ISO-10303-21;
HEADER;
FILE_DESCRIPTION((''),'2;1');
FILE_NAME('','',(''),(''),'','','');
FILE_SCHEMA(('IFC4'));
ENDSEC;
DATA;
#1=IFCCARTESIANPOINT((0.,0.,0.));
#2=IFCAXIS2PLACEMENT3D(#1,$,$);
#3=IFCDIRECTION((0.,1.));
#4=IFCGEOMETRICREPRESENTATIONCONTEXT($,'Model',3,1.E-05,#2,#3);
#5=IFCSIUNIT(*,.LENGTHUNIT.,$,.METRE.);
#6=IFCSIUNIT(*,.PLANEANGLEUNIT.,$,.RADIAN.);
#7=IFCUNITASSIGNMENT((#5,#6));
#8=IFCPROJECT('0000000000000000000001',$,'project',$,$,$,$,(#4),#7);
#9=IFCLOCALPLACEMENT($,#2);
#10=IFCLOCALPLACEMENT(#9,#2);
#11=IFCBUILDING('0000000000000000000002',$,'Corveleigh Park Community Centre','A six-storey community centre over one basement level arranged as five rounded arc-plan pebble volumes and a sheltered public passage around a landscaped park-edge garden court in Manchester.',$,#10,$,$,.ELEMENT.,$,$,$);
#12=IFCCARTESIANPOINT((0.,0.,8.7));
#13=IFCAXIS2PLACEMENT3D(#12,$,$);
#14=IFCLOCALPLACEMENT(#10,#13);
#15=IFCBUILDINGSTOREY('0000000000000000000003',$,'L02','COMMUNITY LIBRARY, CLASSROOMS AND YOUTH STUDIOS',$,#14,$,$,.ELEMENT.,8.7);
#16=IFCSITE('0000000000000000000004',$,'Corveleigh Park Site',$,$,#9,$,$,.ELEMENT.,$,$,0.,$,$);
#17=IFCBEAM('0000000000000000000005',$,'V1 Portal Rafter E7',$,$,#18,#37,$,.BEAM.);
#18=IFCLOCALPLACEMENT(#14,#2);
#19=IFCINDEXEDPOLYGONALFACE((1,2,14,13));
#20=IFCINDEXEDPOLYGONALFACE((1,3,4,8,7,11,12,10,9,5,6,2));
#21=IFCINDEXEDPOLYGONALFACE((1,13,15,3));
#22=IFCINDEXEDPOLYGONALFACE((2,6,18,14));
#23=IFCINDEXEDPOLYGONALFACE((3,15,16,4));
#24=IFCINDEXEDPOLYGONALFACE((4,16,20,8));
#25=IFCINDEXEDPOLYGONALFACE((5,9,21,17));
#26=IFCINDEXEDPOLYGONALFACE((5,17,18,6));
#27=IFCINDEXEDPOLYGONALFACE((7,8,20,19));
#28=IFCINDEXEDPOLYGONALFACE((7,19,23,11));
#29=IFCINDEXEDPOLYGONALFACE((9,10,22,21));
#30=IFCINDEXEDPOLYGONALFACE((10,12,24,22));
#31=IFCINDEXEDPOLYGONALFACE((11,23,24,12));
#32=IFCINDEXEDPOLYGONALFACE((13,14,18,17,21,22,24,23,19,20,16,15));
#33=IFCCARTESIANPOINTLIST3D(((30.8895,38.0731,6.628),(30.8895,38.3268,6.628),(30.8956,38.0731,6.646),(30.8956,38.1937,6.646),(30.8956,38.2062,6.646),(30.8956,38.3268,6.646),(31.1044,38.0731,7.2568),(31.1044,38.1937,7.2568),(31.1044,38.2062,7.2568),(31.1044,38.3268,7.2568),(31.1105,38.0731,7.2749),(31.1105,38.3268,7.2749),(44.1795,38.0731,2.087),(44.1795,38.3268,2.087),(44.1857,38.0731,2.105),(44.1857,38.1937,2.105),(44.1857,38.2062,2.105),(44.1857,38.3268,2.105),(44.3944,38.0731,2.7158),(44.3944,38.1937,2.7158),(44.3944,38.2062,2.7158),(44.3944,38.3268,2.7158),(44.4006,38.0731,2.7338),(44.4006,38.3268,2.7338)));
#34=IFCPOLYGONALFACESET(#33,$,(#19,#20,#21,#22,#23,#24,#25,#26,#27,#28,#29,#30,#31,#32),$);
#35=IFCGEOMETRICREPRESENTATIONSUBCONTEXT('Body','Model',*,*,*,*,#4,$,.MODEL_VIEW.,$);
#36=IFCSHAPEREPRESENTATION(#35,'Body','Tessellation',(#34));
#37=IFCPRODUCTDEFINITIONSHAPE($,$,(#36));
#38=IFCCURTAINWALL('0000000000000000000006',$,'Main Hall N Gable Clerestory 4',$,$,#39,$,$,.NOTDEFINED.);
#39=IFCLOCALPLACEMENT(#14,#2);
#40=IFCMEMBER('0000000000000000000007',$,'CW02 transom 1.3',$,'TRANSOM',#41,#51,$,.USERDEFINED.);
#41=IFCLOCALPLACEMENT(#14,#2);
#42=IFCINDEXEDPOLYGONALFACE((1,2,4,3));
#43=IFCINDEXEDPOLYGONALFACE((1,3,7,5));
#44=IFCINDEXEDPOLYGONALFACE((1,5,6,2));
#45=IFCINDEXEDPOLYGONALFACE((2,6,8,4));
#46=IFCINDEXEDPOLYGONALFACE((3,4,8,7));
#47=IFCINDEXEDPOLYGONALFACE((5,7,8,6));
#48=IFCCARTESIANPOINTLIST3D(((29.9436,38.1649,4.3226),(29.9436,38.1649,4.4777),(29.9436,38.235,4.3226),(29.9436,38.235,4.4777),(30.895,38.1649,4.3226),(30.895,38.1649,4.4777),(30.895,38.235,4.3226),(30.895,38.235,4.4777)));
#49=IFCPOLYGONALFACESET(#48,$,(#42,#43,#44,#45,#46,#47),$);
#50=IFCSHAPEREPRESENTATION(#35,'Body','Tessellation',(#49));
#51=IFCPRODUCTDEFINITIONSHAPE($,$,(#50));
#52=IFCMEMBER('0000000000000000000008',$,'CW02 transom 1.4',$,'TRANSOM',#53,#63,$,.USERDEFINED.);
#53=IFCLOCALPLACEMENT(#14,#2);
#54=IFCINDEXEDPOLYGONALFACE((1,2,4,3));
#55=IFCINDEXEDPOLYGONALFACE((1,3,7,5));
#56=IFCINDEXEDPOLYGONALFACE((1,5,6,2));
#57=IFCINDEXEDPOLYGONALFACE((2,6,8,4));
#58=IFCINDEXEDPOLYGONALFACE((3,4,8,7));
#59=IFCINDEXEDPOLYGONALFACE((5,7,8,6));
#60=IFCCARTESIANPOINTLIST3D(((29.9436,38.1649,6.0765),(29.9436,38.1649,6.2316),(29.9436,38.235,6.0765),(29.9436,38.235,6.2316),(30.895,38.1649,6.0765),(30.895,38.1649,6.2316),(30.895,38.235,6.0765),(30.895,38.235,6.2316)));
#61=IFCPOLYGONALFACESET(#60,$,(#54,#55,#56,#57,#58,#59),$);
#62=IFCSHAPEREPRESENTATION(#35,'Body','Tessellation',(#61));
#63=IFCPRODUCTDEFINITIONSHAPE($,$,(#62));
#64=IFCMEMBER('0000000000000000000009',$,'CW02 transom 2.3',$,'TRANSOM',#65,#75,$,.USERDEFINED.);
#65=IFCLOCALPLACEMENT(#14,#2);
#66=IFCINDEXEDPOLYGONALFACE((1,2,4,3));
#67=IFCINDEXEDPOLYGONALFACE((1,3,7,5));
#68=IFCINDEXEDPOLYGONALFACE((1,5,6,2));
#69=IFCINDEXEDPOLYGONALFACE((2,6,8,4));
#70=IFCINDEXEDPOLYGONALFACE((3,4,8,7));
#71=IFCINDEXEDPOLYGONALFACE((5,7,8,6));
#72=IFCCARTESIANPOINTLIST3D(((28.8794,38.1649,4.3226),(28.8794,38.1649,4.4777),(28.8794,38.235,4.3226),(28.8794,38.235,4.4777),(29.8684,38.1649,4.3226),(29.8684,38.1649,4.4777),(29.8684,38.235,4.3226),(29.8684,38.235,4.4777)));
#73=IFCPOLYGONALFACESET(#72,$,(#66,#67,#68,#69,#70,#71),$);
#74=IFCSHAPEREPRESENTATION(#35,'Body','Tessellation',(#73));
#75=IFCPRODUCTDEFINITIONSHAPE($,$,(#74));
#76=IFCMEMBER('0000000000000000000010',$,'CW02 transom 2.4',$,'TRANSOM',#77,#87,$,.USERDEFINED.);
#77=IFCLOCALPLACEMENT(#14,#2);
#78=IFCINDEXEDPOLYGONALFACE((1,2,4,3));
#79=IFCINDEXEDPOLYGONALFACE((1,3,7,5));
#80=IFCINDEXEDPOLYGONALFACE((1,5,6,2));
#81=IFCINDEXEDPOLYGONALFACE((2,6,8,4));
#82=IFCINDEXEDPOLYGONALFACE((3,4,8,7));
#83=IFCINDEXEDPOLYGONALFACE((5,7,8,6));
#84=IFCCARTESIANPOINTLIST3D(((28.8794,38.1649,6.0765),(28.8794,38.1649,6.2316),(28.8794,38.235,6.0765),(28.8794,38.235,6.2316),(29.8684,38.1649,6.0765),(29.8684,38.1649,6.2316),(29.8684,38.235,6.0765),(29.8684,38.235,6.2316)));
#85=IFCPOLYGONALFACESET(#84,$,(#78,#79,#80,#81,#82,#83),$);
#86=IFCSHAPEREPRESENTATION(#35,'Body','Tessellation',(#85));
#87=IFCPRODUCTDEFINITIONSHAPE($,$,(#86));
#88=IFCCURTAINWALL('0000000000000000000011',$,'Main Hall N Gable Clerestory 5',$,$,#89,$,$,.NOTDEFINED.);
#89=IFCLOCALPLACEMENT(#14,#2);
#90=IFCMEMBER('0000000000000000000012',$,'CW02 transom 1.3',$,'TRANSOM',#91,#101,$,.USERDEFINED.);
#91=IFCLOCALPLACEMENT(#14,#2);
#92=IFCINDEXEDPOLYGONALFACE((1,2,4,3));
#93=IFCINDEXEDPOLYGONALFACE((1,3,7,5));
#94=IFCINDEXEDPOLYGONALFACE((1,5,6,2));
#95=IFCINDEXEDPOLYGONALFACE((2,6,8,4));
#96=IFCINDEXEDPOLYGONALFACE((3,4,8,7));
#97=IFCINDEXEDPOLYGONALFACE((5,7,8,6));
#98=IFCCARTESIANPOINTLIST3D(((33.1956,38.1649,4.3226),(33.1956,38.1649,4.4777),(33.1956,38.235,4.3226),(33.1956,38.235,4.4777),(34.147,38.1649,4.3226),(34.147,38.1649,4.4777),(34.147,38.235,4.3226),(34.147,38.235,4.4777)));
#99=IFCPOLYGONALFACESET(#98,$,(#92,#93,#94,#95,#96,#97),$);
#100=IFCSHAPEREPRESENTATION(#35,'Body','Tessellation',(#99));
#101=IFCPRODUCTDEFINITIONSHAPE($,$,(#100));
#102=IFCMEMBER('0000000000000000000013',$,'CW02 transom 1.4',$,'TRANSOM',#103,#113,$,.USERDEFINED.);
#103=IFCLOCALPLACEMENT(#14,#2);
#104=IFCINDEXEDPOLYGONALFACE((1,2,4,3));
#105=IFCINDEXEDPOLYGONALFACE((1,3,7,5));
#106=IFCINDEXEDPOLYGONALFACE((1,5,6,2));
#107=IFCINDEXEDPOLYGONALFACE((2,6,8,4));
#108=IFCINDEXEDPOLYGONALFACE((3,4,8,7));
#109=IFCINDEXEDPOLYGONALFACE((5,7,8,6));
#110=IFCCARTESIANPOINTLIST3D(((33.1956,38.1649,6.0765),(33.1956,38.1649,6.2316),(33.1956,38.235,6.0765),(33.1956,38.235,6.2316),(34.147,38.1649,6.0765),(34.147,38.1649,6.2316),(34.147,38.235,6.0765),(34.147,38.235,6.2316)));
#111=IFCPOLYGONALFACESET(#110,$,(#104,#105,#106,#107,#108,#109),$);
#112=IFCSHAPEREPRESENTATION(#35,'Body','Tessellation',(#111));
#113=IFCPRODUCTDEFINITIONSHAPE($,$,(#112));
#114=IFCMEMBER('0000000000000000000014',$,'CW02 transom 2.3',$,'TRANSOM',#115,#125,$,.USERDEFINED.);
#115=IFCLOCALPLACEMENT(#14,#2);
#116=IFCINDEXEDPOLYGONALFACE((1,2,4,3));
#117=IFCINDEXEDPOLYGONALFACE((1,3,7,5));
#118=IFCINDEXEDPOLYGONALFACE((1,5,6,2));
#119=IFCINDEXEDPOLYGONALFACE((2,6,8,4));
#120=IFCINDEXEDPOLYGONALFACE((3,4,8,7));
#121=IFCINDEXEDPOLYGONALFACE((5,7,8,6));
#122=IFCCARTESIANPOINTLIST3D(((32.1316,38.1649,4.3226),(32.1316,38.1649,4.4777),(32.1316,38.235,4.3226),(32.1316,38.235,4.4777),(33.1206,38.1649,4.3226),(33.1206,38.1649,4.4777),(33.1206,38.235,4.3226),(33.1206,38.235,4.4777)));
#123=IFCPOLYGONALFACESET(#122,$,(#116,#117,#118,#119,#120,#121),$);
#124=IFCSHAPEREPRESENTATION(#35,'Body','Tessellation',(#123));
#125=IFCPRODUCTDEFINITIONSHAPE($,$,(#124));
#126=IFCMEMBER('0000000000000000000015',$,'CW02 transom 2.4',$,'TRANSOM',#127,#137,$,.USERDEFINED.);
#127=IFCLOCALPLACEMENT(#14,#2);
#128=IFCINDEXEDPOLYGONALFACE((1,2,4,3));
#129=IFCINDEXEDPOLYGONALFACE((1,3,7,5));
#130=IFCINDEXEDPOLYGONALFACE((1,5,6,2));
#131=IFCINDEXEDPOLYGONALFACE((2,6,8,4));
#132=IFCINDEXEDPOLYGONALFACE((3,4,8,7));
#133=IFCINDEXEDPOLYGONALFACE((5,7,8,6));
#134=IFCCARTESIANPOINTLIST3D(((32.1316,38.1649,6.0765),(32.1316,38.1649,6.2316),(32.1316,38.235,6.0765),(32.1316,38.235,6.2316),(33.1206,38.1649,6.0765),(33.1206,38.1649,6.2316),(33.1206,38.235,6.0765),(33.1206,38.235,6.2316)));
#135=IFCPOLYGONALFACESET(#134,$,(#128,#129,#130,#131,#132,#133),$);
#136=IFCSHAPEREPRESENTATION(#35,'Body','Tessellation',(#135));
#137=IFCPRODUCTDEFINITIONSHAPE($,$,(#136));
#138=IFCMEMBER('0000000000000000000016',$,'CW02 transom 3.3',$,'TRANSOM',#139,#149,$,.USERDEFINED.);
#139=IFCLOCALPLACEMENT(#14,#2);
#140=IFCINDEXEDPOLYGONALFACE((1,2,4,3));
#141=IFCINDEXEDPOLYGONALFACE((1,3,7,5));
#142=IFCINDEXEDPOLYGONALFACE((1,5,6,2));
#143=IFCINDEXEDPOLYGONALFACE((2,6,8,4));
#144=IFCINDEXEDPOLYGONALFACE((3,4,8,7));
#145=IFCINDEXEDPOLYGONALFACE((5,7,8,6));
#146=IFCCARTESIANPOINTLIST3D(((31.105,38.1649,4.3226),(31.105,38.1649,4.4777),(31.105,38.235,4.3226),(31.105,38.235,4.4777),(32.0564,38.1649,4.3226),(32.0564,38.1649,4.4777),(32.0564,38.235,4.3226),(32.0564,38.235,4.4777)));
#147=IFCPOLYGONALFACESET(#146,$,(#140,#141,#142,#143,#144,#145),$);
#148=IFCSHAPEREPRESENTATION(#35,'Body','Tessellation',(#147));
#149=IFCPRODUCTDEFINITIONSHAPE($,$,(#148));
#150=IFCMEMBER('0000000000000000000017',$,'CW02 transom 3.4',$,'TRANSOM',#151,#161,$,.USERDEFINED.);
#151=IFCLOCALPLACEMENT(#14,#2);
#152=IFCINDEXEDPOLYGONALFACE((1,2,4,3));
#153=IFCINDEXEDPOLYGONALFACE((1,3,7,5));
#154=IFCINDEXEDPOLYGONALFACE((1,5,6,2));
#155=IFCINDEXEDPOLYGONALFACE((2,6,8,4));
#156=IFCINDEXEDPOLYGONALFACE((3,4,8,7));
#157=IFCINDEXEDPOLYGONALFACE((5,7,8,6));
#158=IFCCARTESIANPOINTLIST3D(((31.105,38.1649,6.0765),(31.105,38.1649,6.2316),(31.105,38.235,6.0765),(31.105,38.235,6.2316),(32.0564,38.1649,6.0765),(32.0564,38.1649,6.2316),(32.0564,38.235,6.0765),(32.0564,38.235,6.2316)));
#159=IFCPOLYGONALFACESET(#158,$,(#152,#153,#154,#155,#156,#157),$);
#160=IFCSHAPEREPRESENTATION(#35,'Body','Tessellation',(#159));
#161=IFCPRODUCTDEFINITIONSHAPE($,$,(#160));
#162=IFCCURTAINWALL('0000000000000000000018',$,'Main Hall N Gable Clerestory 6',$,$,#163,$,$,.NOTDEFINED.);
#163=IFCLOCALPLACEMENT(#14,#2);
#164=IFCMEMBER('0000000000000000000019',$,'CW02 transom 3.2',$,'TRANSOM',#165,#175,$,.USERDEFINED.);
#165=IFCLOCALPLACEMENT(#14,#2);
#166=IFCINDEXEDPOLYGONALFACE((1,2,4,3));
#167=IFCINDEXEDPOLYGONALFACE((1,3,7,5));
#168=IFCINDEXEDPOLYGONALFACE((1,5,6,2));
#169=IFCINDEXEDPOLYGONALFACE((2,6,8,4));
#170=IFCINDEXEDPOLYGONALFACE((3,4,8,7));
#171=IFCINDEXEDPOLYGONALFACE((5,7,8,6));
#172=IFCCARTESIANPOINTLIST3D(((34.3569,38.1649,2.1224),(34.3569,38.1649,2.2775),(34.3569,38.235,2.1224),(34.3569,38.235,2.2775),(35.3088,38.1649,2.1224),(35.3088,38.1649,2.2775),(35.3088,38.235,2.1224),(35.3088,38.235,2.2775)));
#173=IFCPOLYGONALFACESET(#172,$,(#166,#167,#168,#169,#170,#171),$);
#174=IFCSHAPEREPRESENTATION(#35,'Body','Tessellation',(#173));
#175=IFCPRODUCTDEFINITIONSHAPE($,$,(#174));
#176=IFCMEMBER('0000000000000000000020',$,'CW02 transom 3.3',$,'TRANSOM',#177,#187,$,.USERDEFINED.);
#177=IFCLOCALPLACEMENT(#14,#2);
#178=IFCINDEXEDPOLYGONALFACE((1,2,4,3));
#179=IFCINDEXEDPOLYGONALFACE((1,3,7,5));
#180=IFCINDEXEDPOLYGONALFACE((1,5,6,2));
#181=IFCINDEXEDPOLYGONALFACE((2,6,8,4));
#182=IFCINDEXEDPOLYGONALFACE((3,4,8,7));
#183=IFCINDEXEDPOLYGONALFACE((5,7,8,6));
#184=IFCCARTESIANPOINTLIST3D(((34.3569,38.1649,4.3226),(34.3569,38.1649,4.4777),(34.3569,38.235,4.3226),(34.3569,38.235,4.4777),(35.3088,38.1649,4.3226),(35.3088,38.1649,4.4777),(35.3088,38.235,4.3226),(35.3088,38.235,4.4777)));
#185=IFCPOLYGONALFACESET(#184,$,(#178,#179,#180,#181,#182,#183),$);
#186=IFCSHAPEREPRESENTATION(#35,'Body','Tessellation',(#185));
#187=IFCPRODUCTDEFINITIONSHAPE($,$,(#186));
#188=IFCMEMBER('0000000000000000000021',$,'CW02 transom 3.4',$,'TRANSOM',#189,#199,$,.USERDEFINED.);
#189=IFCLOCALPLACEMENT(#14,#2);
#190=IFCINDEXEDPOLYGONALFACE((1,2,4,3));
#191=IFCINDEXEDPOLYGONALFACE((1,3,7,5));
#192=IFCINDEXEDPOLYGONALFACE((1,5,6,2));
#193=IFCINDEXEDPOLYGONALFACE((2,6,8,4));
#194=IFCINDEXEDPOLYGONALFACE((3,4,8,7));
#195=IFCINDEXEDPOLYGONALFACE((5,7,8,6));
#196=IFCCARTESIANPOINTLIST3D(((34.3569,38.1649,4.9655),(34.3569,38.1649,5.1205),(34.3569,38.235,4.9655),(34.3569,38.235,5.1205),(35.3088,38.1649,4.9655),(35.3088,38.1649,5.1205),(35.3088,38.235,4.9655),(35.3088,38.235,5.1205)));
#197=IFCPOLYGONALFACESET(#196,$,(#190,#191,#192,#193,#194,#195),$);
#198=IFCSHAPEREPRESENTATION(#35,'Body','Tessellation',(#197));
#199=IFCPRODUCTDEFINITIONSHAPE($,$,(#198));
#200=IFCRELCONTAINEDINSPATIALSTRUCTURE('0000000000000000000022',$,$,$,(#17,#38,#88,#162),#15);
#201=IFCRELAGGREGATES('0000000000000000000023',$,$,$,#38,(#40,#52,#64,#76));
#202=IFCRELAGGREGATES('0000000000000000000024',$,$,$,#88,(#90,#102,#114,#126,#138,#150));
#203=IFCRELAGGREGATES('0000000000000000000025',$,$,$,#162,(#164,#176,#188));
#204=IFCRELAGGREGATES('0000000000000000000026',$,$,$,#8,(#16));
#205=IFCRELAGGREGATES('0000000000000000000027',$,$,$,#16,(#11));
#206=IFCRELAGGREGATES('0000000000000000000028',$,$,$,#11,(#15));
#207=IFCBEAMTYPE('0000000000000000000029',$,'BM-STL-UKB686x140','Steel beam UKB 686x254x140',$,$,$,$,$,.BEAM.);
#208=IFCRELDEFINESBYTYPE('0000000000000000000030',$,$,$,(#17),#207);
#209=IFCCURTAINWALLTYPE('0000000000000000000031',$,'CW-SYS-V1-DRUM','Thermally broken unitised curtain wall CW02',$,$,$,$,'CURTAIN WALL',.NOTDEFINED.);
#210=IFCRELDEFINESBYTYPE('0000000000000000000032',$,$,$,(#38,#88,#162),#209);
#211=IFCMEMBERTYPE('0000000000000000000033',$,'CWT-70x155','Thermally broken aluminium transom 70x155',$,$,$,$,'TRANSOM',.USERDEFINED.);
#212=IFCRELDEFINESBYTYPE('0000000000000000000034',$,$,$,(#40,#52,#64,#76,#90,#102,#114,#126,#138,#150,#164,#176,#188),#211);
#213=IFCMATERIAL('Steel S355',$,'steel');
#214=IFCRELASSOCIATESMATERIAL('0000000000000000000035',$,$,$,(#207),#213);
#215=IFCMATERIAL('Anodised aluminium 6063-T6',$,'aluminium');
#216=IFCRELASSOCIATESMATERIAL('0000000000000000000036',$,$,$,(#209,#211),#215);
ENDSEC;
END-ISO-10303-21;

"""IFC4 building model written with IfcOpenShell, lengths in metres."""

from ifc_helpers import new_model, si_unit, direction, frame, origin, origin_2d, place, context, subcontext, project, spatial, rectangle, i_section, extrude, material, material_profile, profile_set, type_object, element, aggregate, save


model = new_model("IFC4")

# Units and contexts
model_context = context("Model", 3, precision=1e-05, world=origin(), true_north=direction((0.0, 1.0)))
body_context = subcontext(model_context, "Body", "Model", "MODEL_VIEW")
ifc_project = project(units=[si_unit("LENGTHUNIT", "METRE"), si_unit("PLANEANGLEUNIT", "RADIAN")], contexts=[model_context])

# Site, building, storey
site_placement = place(None, origin())
site = spatial("IfcSite", under=ifc_project, at=site_placement, Name="Corveleigh Park Site", CompositionType="ELEMENT", RefElevation=0.0)
building_placement = place(site_placement, origin())
building = spatial("IfcBuilding", under=site, at=building_placement, Name="Corveleigh Park Community Centre", Description="A six-storey community centre over one basement level arranged as five rounded arc-plan pebble volumes and a sheltered public passage around a landscaped park-edge garden court in Manchester.", CompositionType="ELEMENT")
storey_placement = place(building_placement, frame((0.0, 0.0, 8.7)))
storey = spatial("IfcBuildingStorey", under=building, at=storey_placement, Name="L02", Description="COMMUNITY LIBRARY, CLASSROOMS AND YOUTH STUDIOS", CompositionType="ELEMENT", Elevation=8.7)

# Beam
ifc_material_1 = material(Name="Steel S355", Category="steel")
ifc_material_profile_1 = material_profile(ifc_material_1, i_section(OverallWidth=0.2537, OverallDepth=0.6836, WebThickness=0.0125, FlangeThickness=0.019, at=origin_2d()), Name="UKB 686x254x140", Category="steel")
ifc_profile_set_1 = profile_set([ifc_material_profile_1], Name="Steel S355")
beam_type = type_object("IfcBeamType", Name="BM-STL-UKB686x140", Description="Steel beam UKB 686x254x140", PredefinedType="BEAM", material=ifc_profile_set_1)
beam_placement = place(storey_placement, frame((31.0, 38.2, 6.9514), z_axis=(0.946286, 0.0, -0.323332), x_axis=(0.0, 1.0, 0.0)))
element("IfcBeam", 1, at=beam_placement, inside=storey, type_object=beam_type, Name="V1 Portal Rafter E7", PredefinedType="BEAM", context=body_context, shape_type="SweptSolid", body=[
    extrude(i_section(OverallWidth=0.2537, OverallDepth=0.6836, WebThickness=0.0125, FlangeThickness=0.019, at=origin_2d()), origin(), (0.0, 0.0, 1.0), 14.0444),
])

# Curtain walls, members
ifc_material_2 = material(Name="Anodised aluminium 6063-T6", Category="aluminium")
curtain_wall_type = type_object("IfcCurtainWallType", Name="CW-SYS-V1-DRUM", Description="Thermally broken unitised curtain wall CW02", ElementType="CURTAIN WALL", PredefinedType="NOTDEFINED", material=ifc_material_2)
curtain_wall_1_placement = place(storey_placement, origin())
curtain_wall_1 = element("IfcCurtainWall", 2, at=curtain_wall_1_placement, inside=storey, type_object=curtain_wall_type, Name="Main Hall N Gable Clerestory 4", PredefinedType="NOTDEFINED")
ifc_material_profile_2 = material_profile(ifc_material_2, rectangle(XDim=0.0701, YDim=0.155, at=origin_2d()), Name="ALU-T70x155", Category="aluminium")
ifc_profile_set_2 = profile_set([ifc_material_profile_2], Name="Anodised aluminium 6063-T6")
member_type_1 = type_object("IfcMemberType", Name="CWT-70x155", Description="Thermally broken aluminium transom 70x155", ElementType="TRANSOM", PredefinedType="USERDEFINED", material=ifc_profile_set_2)
member_1_placement = place(storey_placement, frame((30.895, 38.2, 4.4001), z_axis=(-1.0, 0.0, 0.0), x_axis=(0.0, -1.0, 0.0)))
member_1 = element("IfcMember", 3, at=member_1_placement, type_object=member_type_1, Name="CW02 transom 1.3", ObjectType="TRANSOM", PredefinedType="USERDEFINED", context=body_context, shape_type="SweptSolid", body=[
    extrude(rectangle(XDim=0.0701, YDim=0.155, at=origin_2d()), origin(), (0.0, 0.0, 1.0), 0.9514),
])
member_2_placement = place(storey_placement, frame((30.895, 38.2, 6.1541), z_axis=(-1.0, 0.0, 0.0), x_axis=(0.0, -1.0, 0.0)))
member_2 = element("IfcMember", 4, at=member_2_placement, type_object=member_type_1, Name="CW02 transom 1.4", ObjectType="TRANSOM", PredefinedType="USERDEFINED", context=body_context, shape_type="SweptSolid", body=[
    extrude(rectangle(XDim=0.0701, YDim=0.155, at=origin_2d()), origin(), (0.0, 0.0, 1.0), 0.9514),
])
member_3_placement = place(storey_placement, frame((29.8684, 38.2, 4.4001), z_axis=(-1.0, 0.0, 0.0), x_axis=(0.0, -1.0, 0.0)))
member_3 = element("IfcMember", 5, at=member_3_placement, type_object=member_type_1, Name="CW02 transom 2.3", ObjectType="TRANSOM", PredefinedType="USERDEFINED", context=body_context, shape_type="SweptSolid", body=[
    extrude(rectangle(XDim=0.0701, YDim=0.155, at=origin_2d()), origin(), (0.0, 0.0, 1.0), 0.989),
])
member_4_placement = place(storey_placement, frame((29.8684, 38.2, 6.1541), z_axis=(-1.0, 0.0, 0.0), x_axis=(0.0, -1.0, 0.0)))
member_4 = element("IfcMember", 6, at=member_4_placement, type_object=member_type_1, Name="CW02 transom 2.4", ObjectType="TRANSOM", PredefinedType="USERDEFINED", context=body_context, shape_type="SweptSolid", body=[
    extrude(rectangle(XDim=0.0701, YDim=0.155, at=origin_2d()), origin(), (0.0, 0.0, 1.0), 0.989),
])
curtain_wall_2_placement = place(storey_placement, origin())
curtain_wall_2 = element("IfcCurtainWall", 7, at=curtain_wall_2_placement, inside=storey, type_object=curtain_wall_type, Name="Main Hall N Gable Clerestory 5", PredefinedType="NOTDEFINED")
member_5_placement = place(storey_placement, frame((34.147, 38.2, 4.4001), z_axis=(-1.0, 0.0, 0.0), x_axis=(0.0, -1.0, 0.0)))
member_5 = element("IfcMember", 8, at=member_5_placement, type_object=member_type_1, Name="CW02 transom 1.3", ObjectType="TRANSOM", PredefinedType="USERDEFINED", context=body_context, shape_type="SweptSolid", body=[
    extrude(rectangle(XDim=0.0701, YDim=0.155, at=origin_2d()), origin(), (0.0, 0.0, 1.0), 0.9514),
])
member_6_placement = place(storey_placement, frame((34.147, 38.2, 6.1541), z_axis=(-1.0, 0.0, 0.0), x_axis=(0.0, -1.0, 0.0)))
member_6 = element("IfcMember", 9, at=member_6_placement, type_object=member_type_1, Name="CW02 transom 1.4", ObjectType="TRANSOM", PredefinedType="USERDEFINED", context=body_context, shape_type="SweptSolid", body=[
    extrude(rectangle(XDim=0.0701, YDim=0.155, at=origin_2d()), origin(), (0.0, 0.0, 1.0), 0.9514),
])
member_7_placement = place(storey_placement, frame((33.1206, 38.2, 4.4001), z_axis=(-1.0, 0.0, 0.0), x_axis=(0.0, -1.0, 0.0)))
member_7 = element("IfcMember", 10, at=member_7_placement, type_object=member_type_1, Name="CW02 transom 2.3", ObjectType="TRANSOM", PredefinedType="USERDEFINED", context=body_context, shape_type="SweptSolid", body=[
    extrude(rectangle(XDim=0.0701, YDim=0.155, at=origin_2d()), origin(), (0.0, 0.0, 1.0), 0.989),
])
member_8_placement = place(storey_placement, frame((33.1206, 38.2, 6.1541), z_axis=(-1.0, 0.0, 0.0), x_axis=(0.0, -1.0, 0.0)))
member_8 = element("IfcMember", 11, at=member_8_placement, type_object=member_type_1, Name="CW02 transom 2.4", ObjectType="TRANSOM", PredefinedType="USERDEFINED", context=body_context, shape_type="SweptSolid", body=[
    extrude(rectangle(XDim=0.0701, YDim=0.155, at=origin_2d()), origin(), (0.0, 0.0, 1.0), 0.989),
])
member_9_placement = place(storey_placement, frame((32.0564, 38.2, 4.4001), z_axis=(-1.0, 0.0, 0.0), x_axis=(0.0, -1.0, 0.0)))
member_9 = element("IfcMember", 12, at=member_9_placement, type_object=member_type_1, Name="CW02 transom 3.3", ObjectType="TRANSOM", PredefinedType="USERDEFINED", context=body_context, shape_type="SweptSolid", body=[
    extrude(rectangle(XDim=0.0701, YDim=0.155, at=origin_2d()), origin(), (0.0, 0.0, 1.0), 0.9514),
])
member_10_placement = place(storey_placement, frame((32.0564, 38.2, 6.1541), z_axis=(-1.0, 0.0, 0.0), x_axis=(0.0, -1.0, 0.0)))
member_10 = element("IfcMember", 13, at=member_10_placement, type_object=member_type_1, Name="CW02 transom 3.4", ObjectType="TRANSOM", PredefinedType="USERDEFINED", context=body_context, shape_type="SweptSolid", body=[
    extrude(rectangle(XDim=0.0701, YDim=0.155, at=origin_2d()), origin(), (0.0, 0.0, 1.0), 0.9514),
])
curtain_wall_3_placement = place(storey_placement, origin())
curtain_wall_3 = element("IfcCurtainWall", 14, at=curtain_wall_3_placement, inside=storey, type_object=curtain_wall_type, Name="Main Hall N Gable Clerestory 6", PredefinedType="NOTDEFINED")
member_11_placement = place(storey_placement, frame((35.3088, 38.2, 2.2), z_axis=(-1.0, 0.0, 0.0), x_axis=(0.0, -1.0, 0.0)))
member_11 = element("IfcMember", 15, at=member_11_placement, type_object=member_type_1, Name="CW02 transom 3.2", ObjectType="TRANSOM", PredefinedType="USERDEFINED", context=body_context, shape_type="SweptSolid", body=[
    extrude(rectangle(XDim=0.0701, YDim=0.155, at=origin_2d()), origin(), (0.0, 0.0, 1.0), 0.9519),
])
member_12_placement = place(storey_placement, frame((35.3088, 38.2, 4.4001), z_axis=(-1.0, 0.0, 0.0), x_axis=(0.0, -1.0, 0.0)))
member_12 = element("IfcMember", 16, at=member_12_placement, type_object=member_type_1, Name="CW02 transom 3.3", ObjectType="TRANSOM", PredefinedType="USERDEFINED", context=body_context, shape_type="SweptSolid", body=[
    extrude(rectangle(XDim=0.0701, YDim=0.155, at=origin_2d()), origin(), (0.0, 0.0, 1.0), 0.9519),
])
member_13_placement = place(storey_placement, frame((35.3088, 38.2, 5.043), z_axis=(-1.0, 0.0, 0.0), x_axis=(0.0, -1.0, 0.0)))
member_13 = element("IfcMember", 17, at=member_13_placement, type_object=member_type_1, Name="CW02 transom 3.4", ObjectType="TRANSOM", PredefinedType="USERDEFINED", context=body_context, shape_type="SweptSolid", body=[
    extrude(rectangle(XDim=0.0701, YDim=0.155, at=origin_2d()), origin(), (0.0, 0.0, 1.0), 0.9519),
])

aggregate(curtain_wall_1, [member_1, member_2, member_3, member_4])
aggregate(curtain_wall_2, [member_5, member_6, member_7, member_8, member_9, member_10])
aggregate(curtain_wall_3, [member_11, member_12, member_13])

save(model, "model.ifc")
